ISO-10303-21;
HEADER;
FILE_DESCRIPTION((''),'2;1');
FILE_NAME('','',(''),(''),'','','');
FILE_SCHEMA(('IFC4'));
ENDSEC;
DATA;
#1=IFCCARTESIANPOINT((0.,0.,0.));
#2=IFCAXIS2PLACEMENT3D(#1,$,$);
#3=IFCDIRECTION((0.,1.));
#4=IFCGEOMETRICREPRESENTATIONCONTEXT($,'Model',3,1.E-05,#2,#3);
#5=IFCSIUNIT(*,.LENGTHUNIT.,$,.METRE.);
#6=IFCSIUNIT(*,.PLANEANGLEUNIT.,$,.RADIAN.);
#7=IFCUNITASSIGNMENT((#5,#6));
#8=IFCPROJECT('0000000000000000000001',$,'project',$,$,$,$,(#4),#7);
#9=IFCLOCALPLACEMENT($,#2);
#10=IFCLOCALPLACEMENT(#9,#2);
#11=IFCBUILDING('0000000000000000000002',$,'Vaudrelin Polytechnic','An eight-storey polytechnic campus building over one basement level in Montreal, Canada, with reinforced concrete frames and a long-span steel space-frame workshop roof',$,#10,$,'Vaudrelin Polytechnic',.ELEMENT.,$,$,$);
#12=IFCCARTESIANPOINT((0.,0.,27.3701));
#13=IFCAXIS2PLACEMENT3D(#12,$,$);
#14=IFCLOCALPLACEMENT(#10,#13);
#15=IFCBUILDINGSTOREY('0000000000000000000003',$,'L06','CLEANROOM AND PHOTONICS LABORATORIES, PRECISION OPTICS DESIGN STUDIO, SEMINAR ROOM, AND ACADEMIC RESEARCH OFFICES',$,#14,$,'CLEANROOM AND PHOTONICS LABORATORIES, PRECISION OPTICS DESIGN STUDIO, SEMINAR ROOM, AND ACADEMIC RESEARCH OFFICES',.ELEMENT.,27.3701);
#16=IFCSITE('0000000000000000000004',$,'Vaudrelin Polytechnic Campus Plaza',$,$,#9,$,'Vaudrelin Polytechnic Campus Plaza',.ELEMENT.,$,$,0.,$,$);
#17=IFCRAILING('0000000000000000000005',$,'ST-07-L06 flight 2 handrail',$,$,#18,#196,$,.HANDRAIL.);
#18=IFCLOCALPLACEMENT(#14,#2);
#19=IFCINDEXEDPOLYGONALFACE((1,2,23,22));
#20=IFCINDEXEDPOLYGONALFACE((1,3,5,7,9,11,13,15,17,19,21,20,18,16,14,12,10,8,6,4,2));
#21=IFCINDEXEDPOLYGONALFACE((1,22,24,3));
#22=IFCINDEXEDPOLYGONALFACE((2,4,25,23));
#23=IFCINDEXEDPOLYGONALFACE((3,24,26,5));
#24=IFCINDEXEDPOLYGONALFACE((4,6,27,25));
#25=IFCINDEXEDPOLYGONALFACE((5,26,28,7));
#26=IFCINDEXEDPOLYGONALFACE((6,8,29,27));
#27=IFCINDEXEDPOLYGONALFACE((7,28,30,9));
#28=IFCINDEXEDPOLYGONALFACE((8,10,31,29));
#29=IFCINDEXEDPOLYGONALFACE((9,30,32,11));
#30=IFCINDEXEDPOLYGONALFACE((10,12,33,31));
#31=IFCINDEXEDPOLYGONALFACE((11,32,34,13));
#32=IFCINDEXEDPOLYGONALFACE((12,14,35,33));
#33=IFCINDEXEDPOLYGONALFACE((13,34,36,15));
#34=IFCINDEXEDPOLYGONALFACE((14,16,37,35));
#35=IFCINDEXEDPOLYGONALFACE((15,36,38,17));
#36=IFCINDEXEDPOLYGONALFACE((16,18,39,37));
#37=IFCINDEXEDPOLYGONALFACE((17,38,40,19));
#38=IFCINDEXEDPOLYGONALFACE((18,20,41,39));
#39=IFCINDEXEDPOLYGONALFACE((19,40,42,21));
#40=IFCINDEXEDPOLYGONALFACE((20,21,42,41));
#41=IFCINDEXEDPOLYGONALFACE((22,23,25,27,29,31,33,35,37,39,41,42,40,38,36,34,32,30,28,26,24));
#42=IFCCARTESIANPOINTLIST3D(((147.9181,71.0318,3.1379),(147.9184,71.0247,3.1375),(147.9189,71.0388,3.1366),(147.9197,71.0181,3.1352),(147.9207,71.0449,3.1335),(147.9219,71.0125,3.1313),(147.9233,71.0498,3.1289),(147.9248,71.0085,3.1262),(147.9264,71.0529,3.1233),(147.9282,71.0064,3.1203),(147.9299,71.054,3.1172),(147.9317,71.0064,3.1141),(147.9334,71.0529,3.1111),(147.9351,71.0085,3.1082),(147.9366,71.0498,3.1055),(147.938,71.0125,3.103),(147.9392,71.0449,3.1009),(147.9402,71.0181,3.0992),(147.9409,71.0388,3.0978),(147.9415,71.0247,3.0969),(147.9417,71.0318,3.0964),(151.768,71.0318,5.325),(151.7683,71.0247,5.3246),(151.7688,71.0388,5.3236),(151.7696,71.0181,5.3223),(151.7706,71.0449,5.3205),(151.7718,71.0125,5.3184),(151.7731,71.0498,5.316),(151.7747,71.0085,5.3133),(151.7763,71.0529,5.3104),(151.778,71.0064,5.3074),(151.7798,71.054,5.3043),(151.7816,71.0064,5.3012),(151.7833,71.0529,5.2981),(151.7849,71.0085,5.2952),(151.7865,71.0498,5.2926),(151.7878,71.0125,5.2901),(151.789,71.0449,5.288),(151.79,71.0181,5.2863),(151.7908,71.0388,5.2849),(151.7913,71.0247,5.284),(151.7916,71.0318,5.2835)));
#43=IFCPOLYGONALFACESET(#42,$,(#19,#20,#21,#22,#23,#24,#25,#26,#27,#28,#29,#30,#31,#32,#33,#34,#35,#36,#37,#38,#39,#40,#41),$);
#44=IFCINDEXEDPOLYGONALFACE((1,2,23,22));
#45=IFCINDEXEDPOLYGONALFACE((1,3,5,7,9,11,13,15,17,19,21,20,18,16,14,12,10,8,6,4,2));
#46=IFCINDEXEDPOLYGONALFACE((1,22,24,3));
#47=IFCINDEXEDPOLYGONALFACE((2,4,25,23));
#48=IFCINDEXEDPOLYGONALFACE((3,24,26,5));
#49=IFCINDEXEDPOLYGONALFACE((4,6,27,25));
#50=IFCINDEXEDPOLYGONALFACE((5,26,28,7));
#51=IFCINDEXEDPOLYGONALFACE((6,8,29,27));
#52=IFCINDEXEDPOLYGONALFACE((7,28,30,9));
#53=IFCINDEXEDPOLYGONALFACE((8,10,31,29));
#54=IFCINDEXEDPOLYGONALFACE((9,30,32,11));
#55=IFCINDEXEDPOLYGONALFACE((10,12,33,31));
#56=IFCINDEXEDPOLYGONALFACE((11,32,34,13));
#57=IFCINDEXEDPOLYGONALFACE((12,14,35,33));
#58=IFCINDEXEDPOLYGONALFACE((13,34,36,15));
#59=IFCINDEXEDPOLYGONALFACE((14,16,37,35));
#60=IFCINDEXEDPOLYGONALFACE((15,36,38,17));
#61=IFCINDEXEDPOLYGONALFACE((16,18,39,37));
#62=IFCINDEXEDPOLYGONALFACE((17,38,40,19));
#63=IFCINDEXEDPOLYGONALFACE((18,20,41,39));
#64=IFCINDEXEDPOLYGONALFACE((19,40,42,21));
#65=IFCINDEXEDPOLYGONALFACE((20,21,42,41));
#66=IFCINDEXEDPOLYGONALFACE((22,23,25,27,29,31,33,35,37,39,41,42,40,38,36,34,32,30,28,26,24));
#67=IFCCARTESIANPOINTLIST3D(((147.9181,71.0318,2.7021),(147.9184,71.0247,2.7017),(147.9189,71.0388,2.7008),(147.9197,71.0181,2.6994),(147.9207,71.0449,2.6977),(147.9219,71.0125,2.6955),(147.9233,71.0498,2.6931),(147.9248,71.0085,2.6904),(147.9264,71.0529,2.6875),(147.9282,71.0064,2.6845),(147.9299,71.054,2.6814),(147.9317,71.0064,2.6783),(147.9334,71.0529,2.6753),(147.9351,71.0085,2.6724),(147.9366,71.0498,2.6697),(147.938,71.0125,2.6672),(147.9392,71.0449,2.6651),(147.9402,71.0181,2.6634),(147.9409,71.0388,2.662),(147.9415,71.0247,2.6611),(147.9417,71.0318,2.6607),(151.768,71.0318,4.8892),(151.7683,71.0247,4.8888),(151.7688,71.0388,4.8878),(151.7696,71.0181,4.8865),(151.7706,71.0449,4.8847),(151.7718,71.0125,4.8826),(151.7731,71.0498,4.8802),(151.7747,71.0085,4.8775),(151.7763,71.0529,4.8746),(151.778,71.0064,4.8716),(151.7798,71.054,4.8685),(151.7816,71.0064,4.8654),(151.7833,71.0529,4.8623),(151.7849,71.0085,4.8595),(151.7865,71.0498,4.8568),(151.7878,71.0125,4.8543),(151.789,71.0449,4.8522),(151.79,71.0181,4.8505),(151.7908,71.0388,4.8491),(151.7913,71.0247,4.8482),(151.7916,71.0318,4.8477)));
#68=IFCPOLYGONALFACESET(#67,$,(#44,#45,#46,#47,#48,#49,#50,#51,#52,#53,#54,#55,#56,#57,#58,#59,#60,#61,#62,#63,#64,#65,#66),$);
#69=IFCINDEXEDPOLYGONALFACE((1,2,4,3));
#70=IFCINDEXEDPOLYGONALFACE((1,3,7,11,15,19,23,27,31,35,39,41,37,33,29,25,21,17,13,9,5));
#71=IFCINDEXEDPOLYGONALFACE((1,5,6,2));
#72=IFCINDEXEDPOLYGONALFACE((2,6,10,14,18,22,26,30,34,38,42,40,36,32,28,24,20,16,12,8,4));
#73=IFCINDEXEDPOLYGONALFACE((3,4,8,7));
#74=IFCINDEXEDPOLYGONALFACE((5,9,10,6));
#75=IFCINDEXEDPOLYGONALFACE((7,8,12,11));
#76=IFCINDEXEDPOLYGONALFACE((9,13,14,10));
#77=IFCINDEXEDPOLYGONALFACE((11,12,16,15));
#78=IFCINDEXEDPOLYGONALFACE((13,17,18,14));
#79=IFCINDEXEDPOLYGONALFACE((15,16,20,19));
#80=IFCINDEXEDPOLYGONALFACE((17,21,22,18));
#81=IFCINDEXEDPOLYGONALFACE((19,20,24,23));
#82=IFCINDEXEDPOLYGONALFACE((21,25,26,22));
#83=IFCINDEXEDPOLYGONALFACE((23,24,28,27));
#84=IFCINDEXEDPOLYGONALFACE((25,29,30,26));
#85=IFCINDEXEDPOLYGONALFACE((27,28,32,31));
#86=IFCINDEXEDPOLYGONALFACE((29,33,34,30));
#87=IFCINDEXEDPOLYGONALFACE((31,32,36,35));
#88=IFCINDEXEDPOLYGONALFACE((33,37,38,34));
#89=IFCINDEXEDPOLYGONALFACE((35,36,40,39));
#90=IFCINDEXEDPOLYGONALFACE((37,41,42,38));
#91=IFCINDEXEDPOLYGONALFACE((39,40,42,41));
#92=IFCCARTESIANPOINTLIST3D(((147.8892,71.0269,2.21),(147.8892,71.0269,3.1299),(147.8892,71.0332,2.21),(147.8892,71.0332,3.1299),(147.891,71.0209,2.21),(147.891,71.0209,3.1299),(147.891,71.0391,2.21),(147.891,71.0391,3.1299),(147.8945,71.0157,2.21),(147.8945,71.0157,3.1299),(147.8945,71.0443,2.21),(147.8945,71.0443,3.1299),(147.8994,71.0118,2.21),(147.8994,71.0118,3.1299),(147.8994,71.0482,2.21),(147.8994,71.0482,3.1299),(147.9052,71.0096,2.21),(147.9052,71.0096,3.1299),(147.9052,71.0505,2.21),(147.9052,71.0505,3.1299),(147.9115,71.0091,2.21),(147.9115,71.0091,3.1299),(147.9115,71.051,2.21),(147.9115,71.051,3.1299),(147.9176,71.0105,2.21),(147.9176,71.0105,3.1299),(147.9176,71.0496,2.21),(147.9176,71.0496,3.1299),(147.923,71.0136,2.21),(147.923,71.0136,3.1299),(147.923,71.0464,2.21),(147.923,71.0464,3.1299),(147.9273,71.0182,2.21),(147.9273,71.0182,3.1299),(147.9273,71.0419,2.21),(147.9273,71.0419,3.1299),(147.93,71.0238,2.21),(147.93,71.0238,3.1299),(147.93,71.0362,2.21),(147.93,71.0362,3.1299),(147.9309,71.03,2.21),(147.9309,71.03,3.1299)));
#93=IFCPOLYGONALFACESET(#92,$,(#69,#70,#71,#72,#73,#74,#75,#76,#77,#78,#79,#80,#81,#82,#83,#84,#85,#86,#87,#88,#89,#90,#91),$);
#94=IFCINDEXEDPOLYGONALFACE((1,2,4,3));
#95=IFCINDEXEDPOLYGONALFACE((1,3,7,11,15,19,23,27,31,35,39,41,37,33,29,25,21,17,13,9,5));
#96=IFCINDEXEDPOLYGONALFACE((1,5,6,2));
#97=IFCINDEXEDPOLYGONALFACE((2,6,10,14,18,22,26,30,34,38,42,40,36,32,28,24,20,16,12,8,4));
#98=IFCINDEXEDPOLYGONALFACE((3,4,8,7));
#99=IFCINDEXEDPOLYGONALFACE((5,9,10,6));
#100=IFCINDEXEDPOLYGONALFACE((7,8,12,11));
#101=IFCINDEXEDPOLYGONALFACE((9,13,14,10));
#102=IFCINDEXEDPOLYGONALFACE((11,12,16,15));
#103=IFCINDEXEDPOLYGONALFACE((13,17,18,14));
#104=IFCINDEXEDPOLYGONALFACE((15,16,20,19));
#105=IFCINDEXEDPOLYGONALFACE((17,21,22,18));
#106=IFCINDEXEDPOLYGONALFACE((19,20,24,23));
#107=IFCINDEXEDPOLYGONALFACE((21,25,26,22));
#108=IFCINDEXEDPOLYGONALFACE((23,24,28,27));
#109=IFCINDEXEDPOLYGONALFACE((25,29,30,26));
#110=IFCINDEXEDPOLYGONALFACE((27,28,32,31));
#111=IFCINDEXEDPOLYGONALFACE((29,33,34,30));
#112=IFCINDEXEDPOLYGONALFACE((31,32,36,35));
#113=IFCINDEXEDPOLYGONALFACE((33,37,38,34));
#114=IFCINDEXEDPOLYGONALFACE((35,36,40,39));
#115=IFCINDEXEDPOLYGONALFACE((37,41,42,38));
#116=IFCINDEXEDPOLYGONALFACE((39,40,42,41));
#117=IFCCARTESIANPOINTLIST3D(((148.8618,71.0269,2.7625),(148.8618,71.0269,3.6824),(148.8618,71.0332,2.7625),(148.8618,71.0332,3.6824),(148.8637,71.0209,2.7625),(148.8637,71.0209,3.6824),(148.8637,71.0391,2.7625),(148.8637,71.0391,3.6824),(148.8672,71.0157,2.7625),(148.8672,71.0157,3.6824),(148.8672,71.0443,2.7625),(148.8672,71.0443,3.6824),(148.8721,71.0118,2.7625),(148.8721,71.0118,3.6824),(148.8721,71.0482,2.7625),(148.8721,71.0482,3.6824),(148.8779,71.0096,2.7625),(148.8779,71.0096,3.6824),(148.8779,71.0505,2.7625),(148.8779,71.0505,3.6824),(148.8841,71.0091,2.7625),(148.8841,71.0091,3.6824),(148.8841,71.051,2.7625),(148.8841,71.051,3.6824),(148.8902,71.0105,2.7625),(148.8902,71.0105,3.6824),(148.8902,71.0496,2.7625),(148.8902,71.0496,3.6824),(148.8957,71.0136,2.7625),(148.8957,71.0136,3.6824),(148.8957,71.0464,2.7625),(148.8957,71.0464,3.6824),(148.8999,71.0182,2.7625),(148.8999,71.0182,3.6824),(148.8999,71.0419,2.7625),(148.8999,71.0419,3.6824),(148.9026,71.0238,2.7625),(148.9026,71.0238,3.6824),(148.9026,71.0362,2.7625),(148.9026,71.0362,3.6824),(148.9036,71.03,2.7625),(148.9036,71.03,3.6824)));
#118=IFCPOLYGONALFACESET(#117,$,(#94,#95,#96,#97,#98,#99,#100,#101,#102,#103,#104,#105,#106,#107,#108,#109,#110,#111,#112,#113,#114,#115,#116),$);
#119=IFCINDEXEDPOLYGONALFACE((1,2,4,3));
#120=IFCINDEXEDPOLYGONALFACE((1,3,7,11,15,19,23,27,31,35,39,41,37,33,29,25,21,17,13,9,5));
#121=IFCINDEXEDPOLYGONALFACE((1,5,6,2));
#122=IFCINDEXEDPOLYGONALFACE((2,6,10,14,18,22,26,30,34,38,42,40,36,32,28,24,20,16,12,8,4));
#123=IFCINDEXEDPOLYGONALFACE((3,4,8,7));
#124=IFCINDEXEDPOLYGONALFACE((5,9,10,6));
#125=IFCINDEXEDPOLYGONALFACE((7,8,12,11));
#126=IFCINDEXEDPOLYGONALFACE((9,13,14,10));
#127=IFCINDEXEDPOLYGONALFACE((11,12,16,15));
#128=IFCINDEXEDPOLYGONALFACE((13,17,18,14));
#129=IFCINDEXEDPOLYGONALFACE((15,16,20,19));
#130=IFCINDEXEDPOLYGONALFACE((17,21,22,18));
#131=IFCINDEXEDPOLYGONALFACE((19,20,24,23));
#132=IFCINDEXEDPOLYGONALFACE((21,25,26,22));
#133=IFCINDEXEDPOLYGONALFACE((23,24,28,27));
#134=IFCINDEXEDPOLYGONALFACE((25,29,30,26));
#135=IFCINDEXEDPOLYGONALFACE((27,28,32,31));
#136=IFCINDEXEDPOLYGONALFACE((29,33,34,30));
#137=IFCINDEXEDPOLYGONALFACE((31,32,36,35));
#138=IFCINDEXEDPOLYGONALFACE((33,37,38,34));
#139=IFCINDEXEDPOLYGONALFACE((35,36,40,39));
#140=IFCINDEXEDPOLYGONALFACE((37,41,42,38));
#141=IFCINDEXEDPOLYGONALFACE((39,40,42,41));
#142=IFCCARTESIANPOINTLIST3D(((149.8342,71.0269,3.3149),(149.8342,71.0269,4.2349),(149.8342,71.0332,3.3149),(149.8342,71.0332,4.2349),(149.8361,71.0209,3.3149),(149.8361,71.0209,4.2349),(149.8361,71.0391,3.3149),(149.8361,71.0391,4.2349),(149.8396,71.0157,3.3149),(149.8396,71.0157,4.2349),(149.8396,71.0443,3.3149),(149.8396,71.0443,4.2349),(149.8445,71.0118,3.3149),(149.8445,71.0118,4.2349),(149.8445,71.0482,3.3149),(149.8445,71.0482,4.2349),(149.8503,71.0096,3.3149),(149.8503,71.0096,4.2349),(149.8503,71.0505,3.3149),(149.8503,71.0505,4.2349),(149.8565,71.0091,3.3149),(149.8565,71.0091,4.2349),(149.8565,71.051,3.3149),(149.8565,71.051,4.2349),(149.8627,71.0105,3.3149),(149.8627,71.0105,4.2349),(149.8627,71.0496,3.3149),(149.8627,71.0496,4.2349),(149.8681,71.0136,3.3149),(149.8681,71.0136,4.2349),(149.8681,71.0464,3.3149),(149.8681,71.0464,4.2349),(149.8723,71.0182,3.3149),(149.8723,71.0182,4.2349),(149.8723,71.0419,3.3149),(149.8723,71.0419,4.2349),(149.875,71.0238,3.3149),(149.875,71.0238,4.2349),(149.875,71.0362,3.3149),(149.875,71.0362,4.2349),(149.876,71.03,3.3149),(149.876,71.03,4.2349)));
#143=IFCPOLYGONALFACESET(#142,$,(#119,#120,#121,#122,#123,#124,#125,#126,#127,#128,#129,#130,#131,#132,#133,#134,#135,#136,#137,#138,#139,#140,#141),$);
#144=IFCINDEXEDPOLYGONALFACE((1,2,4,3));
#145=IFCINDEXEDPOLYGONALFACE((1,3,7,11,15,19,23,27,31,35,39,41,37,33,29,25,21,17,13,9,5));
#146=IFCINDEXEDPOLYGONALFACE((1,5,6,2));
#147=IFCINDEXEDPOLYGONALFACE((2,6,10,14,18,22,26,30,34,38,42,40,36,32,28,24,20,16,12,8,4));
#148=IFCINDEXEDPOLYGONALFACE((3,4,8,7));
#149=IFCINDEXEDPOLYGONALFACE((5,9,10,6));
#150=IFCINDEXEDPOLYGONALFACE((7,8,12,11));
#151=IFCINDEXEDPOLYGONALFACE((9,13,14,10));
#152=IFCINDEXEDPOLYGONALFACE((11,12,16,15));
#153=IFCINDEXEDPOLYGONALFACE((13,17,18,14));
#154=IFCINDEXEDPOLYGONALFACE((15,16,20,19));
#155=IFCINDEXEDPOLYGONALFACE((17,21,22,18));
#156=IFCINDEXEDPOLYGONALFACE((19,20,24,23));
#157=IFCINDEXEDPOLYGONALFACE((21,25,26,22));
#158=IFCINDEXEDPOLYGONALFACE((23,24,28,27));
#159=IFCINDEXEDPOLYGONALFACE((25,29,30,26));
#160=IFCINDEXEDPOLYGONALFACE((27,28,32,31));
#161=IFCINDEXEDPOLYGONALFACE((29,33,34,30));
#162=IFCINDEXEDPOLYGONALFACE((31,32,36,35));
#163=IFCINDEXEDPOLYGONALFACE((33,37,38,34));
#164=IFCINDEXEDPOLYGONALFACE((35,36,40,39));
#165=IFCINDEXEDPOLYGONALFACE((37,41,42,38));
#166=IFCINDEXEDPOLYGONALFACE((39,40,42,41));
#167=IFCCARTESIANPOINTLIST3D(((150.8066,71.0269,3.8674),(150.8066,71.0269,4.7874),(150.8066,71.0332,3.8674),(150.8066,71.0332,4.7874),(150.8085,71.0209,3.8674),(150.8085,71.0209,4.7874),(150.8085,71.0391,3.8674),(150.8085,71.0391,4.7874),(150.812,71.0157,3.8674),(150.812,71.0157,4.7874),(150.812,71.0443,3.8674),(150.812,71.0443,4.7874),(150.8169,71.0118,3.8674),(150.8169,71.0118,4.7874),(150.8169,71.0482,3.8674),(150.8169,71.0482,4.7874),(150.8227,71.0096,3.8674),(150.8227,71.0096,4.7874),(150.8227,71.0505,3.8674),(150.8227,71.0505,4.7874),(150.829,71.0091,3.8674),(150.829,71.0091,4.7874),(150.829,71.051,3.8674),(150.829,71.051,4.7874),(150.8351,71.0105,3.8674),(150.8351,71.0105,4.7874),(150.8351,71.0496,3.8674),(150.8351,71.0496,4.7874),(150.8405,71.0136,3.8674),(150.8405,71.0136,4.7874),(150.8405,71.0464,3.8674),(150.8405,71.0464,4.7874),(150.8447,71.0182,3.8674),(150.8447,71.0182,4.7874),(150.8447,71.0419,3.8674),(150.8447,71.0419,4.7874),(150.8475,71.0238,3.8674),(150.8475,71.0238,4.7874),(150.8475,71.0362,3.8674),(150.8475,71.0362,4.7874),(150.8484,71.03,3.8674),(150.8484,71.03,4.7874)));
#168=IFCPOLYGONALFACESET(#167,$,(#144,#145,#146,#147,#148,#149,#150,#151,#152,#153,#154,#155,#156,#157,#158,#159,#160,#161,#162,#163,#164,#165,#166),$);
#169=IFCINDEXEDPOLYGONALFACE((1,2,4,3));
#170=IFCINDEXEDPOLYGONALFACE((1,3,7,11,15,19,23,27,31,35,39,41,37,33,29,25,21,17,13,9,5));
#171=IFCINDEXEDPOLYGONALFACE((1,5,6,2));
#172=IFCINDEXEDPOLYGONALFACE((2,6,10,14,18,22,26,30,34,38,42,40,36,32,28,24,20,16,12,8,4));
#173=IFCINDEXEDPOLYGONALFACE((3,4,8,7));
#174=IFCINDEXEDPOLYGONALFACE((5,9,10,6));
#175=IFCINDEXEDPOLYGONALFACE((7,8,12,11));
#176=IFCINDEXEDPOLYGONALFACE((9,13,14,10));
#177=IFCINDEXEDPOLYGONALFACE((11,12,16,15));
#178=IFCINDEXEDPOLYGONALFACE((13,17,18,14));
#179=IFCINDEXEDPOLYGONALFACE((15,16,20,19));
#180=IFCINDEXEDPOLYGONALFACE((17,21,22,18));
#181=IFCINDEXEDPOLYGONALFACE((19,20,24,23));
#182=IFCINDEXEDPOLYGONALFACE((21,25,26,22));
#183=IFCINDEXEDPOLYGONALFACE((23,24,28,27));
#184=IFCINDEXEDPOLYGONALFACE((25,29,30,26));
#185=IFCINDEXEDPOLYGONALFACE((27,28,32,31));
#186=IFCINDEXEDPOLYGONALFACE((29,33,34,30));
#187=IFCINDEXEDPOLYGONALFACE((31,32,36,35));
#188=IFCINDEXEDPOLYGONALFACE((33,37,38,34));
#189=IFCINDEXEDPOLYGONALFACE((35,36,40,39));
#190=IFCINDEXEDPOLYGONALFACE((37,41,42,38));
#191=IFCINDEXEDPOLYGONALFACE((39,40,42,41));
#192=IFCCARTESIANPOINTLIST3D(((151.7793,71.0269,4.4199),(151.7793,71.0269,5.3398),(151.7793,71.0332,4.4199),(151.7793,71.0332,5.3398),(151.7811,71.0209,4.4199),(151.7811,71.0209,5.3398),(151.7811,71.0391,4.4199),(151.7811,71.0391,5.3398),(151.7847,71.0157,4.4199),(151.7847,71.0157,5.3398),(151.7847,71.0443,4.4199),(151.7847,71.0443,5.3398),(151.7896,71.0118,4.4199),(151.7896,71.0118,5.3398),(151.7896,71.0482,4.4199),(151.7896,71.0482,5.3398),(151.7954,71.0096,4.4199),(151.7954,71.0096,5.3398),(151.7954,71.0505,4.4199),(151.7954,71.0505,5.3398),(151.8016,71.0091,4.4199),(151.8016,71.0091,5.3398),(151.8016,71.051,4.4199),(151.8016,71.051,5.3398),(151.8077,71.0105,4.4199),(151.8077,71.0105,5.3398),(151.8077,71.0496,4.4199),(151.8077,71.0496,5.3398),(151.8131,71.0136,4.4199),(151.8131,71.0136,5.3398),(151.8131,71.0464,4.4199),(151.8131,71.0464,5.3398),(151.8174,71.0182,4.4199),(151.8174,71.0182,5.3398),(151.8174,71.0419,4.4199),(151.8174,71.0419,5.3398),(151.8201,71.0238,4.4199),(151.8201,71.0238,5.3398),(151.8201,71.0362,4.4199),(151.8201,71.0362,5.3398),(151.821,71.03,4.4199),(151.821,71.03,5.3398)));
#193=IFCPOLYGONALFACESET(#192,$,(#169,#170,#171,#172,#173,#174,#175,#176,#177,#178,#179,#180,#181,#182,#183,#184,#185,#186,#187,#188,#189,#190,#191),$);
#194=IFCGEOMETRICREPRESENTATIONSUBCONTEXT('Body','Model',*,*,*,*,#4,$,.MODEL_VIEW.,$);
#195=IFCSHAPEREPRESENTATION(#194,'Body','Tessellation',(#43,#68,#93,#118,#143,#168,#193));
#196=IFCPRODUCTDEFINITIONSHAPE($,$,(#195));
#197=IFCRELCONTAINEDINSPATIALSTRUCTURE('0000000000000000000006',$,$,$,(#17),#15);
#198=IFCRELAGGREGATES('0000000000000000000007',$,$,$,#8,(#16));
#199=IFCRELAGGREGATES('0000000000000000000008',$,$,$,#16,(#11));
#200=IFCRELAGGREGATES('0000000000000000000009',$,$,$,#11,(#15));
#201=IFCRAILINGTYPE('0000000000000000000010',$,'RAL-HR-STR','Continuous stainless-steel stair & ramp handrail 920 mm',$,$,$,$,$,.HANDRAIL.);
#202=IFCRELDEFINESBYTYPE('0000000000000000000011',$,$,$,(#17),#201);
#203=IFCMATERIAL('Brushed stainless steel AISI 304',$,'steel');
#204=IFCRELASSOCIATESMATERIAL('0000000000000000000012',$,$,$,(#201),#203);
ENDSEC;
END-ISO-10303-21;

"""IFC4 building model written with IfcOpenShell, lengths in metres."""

from ifc_helpers import new_model, si_unit, direction, frame, origin, origin_2d, place, context, subcontext, project, spatial, circle, extrude, material, type_object, element, save


model = new_model("IFC4")

# Units and contexts
model_context = context("Model", 3, precision=1e-05, world=origin(), true_north=direction((0.0, 1.0)))
body_context = subcontext(model_context, "Body", "Model", "MODEL_VIEW")
ifc_project = project(units=[si_unit("LENGTHUNIT", "METRE"), si_unit("PLANEANGLEUNIT", "RADIAN")], contexts=[model_context])

# Site, building, storey
site_placement = place(None, origin())
site = spatial("IfcSite", under=ifc_project, at=site_placement, Name="Vaudrelin Polytechnic Campus Plaza", LongName="Vaudrelin Polytechnic Campus Plaza", CompositionType="ELEMENT", RefElevation=0.0)
building_placement = place(site_placement, origin())
building = spatial("IfcBuilding", under=site, at=building_placement, Name="Vaudrelin Polytechnic", Description="An eight-storey polytechnic campus building over one basement level in Montreal, Canada, with reinforced concrete frames and a long-span steel space-frame workshop roof", LongName="Vaudrelin Polytechnic", CompositionType="ELEMENT")
storey_placement = place(building_placement, frame((0.0, 0.0, 27.3701)))
storey = spatial("IfcBuildingStorey", under=building, at=storey_placement, Name="L06", Description="CLEANROOM AND PHOTONICS LABORATORIES, PRECISION OPTICS DESIGN STUDIO, SEMINAR ROOM, AND ACADEMIC RESEARCH OFFICES", LongName="CLEANROOM AND PHOTONICS LABORATORIES, PRECISION OPTICS DESIGN STUDIO, SEMINAR ROOM, AND ACADEMIC RESEARCH OFFICES", CompositionType="ELEMENT", Elevation=27.3701)

# Shared definitions
ifc_material_1 = material(Name="Brushed stainless steel AISI 304", Category="steel")

# Railing
railing_type_1 = type_object("IfcRailingType", Name="RAL-HR-STR", Description="Continuous stainless-steel stair & ramp handrail 920 mm", PredefinedType="HANDRAIL", material=ifc_material_1)
railing_1_placement = place(storey_placement, frame((147.9099, 71.03, 2.21)))
element("IfcRailing", 1, at=railing_1_placement, inside=storey, type_object=railing_type_1, Name="ST-07-L06 flight 2 handrail", PredefinedType="HANDRAIL", context=body_context, shape_type="SweptSolid", body=[
    extrude(circle(Radius=0.0239, at=origin_2d()), frame((0.02, 0.0, 0.9072), z_axis=(0.86949, 0.0, 0.493951), x_axis=(0.0, 1.0, 0.0)), (0.0, 0.0, 1.0), 4.4277),
    extrude(circle(Radius=0.0239, at=origin_2d()), frame((0.02, 0.0, 0.4714), z_axis=(0.86949, 0.0, 0.493951), x_axis=(0.0, 1.0, 0.0)), (0.0, 0.0, 1.0), 4.4277),
    extrude(circle(Radius=0.021, at=origin_2d()), origin(), (0.0, 0.0, 1.0), 0.9199),
    extrude(circle(Radius=0.021, at=origin_2d()), frame((0.9727, 0.0, 0.5525)), (0.0, 0.0, 1.0), 0.9199),
    extrude(circle(Radius=0.021, at=origin_2d()), frame((1.9451, 0.0, 1.105)), (0.0, 0.0, 1.0), 0.9199),
    extrude(circle(Radius=0.021, at=origin_2d()), frame((2.9175, 0.0, 1.6575)), (0.0, 0.0, 1.0), 0.9199),
    extrude(circle(Radius=0.021, at=origin_2d()), frame((3.8901, 0.0, 2.21)), (0.0, 0.0, 1.0), 0.9199),
])

save(model, "model.ifc")
